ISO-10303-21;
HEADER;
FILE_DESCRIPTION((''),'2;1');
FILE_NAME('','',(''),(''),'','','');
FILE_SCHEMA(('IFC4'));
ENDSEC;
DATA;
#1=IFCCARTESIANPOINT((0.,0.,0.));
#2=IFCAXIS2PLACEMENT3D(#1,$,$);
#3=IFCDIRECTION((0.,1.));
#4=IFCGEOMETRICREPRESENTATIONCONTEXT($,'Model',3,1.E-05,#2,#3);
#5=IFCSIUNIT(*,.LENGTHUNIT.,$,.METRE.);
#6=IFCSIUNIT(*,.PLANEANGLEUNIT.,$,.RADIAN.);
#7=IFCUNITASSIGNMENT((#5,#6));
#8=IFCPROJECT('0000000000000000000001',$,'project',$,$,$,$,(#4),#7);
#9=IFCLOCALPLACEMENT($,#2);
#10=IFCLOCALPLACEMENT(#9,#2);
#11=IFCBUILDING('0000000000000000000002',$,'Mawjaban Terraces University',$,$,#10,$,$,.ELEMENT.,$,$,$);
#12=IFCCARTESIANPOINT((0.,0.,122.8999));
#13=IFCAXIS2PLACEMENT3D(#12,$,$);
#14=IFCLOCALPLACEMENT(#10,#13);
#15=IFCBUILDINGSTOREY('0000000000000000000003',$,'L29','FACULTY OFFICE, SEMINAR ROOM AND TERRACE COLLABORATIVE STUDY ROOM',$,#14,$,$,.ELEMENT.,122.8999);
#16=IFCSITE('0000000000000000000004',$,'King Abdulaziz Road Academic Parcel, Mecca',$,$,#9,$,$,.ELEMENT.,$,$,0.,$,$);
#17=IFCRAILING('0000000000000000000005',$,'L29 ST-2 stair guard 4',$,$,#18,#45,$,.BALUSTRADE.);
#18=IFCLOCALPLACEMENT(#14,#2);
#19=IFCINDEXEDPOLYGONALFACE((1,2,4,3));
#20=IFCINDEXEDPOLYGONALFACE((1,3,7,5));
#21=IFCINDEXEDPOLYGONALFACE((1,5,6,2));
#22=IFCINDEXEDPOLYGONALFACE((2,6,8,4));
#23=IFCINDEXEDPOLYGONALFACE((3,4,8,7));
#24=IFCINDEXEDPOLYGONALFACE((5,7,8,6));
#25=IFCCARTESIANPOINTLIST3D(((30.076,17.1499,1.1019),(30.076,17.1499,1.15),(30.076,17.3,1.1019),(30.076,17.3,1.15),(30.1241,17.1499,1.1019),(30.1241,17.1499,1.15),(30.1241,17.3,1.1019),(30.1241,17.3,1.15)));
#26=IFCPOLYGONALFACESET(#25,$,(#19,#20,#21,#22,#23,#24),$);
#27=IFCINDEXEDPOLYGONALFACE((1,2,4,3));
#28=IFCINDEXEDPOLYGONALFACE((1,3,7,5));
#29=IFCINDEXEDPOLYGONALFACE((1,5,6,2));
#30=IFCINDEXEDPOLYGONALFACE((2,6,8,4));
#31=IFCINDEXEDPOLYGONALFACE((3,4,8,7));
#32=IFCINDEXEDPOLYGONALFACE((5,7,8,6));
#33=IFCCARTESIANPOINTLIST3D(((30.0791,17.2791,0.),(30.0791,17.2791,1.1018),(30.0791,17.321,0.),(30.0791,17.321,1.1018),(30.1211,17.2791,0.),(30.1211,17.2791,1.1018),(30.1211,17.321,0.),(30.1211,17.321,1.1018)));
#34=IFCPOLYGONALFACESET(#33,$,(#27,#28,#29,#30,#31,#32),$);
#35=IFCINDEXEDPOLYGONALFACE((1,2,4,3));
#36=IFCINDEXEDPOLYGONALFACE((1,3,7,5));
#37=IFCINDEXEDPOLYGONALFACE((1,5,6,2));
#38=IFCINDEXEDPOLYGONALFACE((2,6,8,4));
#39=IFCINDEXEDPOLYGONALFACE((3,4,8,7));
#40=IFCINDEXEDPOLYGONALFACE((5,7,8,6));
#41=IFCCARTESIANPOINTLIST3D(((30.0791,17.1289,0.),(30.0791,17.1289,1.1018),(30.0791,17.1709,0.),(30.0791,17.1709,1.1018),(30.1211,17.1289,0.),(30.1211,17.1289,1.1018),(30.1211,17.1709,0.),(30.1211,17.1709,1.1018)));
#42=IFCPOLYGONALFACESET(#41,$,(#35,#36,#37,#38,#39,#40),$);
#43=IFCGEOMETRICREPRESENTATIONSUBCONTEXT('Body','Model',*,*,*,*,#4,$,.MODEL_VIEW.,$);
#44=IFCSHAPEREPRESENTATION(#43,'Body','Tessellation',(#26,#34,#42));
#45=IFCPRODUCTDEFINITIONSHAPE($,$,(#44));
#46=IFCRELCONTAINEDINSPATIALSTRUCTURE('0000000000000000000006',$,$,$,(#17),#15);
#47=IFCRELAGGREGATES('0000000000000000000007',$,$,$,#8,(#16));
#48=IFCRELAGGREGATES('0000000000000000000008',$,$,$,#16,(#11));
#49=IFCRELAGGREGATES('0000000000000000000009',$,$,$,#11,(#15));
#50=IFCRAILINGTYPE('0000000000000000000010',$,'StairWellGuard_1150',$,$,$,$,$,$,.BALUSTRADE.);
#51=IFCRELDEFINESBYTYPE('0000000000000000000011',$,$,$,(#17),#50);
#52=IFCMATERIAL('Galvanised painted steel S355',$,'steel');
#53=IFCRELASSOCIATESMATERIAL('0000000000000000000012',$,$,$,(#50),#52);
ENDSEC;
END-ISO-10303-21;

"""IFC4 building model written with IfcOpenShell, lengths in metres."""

from ifc_helpers import new_model, si_unit, direction, frame, origin, origin_2d, place, context, subcontext, project, spatial, rectangle, extrude, material, type_object, element, save


model = new_model("IFC4")

# Units and contexts
model_context = context("Model", 3, precision=1e-05, world=origin(), true_north=direction((0.0, 1.0)))
body_context = subcontext(model_context, "Body", "Model", "MODEL_VIEW")
ifc_project = project(units=[si_unit("LENGTHUNIT", "METRE"), si_unit("PLANEANGLEUNIT", "RADIAN")], contexts=[model_context])

# Site, building, storey
site_placement = place(None, origin())
site = spatial("IfcSite", under=ifc_project, at=site_placement, Name="King Abdulaziz Road Academic Parcel, Mecca", CompositionType="ELEMENT", RefElevation=0.0)
building_placement = place(site_placement, origin())
building = spatial("IfcBuilding", under=site, at=building_placement, Name="Mawjaban Terraces University", CompositionType="ELEMENT")
storey_placement = place(building_placement, frame((0.0, 0.0, 122.8999)))
storey = spatial("IfcBuildingStorey", under=building, at=storey_placement, Name="L29", Description="FACULTY OFFICE, SEMINAR ROOM AND TERRACE COLLABORATIVE STUDY ROOM", CompositionType="ELEMENT", Elevation=122.8999)

# Railing
ifc_material_1 = material(Name="Galvanised painted steel S355", Category="steel")
railing_type_1 = type_object("IfcRailingType", Name="StairWellGuard_1150", PredefinedType="BALUSTRADE", material=ifc_material_1)
railing_1_placement = place(storey_placement, frame((30.1001, 17.3, 0.0)))
element("IfcRailing", 1, at=railing_1_placement, inside=storey, type_object=railing_type_1, Name="L29 ST-2 stair guard 4", PredefinedType="BALUSTRADE", context=body_context, shape_type="SweptSolid", body=[
    extrude(rectangle(XDim=0.0481, YDim=0.0481, at=origin_2d()), frame((0.0, 0.0, 1.126), z_axis=(0.0, -1.0, 0.0), x_axis=(1.0, 0.0, 0.0)), (0.0, 0.0, 1.0), 0.1501),
    extrude(rectangle(XDim=0.042, YDim=0.042, at=origin_2d()), origin(), (0.0, 0.0, 1.0), 1.1018),
    extrude(rectangle(XDim=0.042, YDim=0.042, at=origin_2d()), frame((0.0, -0.1501, 0.0)), (0.0, 0.0, 1.0), 1.1018),
])

save(model, "model.ifc")
